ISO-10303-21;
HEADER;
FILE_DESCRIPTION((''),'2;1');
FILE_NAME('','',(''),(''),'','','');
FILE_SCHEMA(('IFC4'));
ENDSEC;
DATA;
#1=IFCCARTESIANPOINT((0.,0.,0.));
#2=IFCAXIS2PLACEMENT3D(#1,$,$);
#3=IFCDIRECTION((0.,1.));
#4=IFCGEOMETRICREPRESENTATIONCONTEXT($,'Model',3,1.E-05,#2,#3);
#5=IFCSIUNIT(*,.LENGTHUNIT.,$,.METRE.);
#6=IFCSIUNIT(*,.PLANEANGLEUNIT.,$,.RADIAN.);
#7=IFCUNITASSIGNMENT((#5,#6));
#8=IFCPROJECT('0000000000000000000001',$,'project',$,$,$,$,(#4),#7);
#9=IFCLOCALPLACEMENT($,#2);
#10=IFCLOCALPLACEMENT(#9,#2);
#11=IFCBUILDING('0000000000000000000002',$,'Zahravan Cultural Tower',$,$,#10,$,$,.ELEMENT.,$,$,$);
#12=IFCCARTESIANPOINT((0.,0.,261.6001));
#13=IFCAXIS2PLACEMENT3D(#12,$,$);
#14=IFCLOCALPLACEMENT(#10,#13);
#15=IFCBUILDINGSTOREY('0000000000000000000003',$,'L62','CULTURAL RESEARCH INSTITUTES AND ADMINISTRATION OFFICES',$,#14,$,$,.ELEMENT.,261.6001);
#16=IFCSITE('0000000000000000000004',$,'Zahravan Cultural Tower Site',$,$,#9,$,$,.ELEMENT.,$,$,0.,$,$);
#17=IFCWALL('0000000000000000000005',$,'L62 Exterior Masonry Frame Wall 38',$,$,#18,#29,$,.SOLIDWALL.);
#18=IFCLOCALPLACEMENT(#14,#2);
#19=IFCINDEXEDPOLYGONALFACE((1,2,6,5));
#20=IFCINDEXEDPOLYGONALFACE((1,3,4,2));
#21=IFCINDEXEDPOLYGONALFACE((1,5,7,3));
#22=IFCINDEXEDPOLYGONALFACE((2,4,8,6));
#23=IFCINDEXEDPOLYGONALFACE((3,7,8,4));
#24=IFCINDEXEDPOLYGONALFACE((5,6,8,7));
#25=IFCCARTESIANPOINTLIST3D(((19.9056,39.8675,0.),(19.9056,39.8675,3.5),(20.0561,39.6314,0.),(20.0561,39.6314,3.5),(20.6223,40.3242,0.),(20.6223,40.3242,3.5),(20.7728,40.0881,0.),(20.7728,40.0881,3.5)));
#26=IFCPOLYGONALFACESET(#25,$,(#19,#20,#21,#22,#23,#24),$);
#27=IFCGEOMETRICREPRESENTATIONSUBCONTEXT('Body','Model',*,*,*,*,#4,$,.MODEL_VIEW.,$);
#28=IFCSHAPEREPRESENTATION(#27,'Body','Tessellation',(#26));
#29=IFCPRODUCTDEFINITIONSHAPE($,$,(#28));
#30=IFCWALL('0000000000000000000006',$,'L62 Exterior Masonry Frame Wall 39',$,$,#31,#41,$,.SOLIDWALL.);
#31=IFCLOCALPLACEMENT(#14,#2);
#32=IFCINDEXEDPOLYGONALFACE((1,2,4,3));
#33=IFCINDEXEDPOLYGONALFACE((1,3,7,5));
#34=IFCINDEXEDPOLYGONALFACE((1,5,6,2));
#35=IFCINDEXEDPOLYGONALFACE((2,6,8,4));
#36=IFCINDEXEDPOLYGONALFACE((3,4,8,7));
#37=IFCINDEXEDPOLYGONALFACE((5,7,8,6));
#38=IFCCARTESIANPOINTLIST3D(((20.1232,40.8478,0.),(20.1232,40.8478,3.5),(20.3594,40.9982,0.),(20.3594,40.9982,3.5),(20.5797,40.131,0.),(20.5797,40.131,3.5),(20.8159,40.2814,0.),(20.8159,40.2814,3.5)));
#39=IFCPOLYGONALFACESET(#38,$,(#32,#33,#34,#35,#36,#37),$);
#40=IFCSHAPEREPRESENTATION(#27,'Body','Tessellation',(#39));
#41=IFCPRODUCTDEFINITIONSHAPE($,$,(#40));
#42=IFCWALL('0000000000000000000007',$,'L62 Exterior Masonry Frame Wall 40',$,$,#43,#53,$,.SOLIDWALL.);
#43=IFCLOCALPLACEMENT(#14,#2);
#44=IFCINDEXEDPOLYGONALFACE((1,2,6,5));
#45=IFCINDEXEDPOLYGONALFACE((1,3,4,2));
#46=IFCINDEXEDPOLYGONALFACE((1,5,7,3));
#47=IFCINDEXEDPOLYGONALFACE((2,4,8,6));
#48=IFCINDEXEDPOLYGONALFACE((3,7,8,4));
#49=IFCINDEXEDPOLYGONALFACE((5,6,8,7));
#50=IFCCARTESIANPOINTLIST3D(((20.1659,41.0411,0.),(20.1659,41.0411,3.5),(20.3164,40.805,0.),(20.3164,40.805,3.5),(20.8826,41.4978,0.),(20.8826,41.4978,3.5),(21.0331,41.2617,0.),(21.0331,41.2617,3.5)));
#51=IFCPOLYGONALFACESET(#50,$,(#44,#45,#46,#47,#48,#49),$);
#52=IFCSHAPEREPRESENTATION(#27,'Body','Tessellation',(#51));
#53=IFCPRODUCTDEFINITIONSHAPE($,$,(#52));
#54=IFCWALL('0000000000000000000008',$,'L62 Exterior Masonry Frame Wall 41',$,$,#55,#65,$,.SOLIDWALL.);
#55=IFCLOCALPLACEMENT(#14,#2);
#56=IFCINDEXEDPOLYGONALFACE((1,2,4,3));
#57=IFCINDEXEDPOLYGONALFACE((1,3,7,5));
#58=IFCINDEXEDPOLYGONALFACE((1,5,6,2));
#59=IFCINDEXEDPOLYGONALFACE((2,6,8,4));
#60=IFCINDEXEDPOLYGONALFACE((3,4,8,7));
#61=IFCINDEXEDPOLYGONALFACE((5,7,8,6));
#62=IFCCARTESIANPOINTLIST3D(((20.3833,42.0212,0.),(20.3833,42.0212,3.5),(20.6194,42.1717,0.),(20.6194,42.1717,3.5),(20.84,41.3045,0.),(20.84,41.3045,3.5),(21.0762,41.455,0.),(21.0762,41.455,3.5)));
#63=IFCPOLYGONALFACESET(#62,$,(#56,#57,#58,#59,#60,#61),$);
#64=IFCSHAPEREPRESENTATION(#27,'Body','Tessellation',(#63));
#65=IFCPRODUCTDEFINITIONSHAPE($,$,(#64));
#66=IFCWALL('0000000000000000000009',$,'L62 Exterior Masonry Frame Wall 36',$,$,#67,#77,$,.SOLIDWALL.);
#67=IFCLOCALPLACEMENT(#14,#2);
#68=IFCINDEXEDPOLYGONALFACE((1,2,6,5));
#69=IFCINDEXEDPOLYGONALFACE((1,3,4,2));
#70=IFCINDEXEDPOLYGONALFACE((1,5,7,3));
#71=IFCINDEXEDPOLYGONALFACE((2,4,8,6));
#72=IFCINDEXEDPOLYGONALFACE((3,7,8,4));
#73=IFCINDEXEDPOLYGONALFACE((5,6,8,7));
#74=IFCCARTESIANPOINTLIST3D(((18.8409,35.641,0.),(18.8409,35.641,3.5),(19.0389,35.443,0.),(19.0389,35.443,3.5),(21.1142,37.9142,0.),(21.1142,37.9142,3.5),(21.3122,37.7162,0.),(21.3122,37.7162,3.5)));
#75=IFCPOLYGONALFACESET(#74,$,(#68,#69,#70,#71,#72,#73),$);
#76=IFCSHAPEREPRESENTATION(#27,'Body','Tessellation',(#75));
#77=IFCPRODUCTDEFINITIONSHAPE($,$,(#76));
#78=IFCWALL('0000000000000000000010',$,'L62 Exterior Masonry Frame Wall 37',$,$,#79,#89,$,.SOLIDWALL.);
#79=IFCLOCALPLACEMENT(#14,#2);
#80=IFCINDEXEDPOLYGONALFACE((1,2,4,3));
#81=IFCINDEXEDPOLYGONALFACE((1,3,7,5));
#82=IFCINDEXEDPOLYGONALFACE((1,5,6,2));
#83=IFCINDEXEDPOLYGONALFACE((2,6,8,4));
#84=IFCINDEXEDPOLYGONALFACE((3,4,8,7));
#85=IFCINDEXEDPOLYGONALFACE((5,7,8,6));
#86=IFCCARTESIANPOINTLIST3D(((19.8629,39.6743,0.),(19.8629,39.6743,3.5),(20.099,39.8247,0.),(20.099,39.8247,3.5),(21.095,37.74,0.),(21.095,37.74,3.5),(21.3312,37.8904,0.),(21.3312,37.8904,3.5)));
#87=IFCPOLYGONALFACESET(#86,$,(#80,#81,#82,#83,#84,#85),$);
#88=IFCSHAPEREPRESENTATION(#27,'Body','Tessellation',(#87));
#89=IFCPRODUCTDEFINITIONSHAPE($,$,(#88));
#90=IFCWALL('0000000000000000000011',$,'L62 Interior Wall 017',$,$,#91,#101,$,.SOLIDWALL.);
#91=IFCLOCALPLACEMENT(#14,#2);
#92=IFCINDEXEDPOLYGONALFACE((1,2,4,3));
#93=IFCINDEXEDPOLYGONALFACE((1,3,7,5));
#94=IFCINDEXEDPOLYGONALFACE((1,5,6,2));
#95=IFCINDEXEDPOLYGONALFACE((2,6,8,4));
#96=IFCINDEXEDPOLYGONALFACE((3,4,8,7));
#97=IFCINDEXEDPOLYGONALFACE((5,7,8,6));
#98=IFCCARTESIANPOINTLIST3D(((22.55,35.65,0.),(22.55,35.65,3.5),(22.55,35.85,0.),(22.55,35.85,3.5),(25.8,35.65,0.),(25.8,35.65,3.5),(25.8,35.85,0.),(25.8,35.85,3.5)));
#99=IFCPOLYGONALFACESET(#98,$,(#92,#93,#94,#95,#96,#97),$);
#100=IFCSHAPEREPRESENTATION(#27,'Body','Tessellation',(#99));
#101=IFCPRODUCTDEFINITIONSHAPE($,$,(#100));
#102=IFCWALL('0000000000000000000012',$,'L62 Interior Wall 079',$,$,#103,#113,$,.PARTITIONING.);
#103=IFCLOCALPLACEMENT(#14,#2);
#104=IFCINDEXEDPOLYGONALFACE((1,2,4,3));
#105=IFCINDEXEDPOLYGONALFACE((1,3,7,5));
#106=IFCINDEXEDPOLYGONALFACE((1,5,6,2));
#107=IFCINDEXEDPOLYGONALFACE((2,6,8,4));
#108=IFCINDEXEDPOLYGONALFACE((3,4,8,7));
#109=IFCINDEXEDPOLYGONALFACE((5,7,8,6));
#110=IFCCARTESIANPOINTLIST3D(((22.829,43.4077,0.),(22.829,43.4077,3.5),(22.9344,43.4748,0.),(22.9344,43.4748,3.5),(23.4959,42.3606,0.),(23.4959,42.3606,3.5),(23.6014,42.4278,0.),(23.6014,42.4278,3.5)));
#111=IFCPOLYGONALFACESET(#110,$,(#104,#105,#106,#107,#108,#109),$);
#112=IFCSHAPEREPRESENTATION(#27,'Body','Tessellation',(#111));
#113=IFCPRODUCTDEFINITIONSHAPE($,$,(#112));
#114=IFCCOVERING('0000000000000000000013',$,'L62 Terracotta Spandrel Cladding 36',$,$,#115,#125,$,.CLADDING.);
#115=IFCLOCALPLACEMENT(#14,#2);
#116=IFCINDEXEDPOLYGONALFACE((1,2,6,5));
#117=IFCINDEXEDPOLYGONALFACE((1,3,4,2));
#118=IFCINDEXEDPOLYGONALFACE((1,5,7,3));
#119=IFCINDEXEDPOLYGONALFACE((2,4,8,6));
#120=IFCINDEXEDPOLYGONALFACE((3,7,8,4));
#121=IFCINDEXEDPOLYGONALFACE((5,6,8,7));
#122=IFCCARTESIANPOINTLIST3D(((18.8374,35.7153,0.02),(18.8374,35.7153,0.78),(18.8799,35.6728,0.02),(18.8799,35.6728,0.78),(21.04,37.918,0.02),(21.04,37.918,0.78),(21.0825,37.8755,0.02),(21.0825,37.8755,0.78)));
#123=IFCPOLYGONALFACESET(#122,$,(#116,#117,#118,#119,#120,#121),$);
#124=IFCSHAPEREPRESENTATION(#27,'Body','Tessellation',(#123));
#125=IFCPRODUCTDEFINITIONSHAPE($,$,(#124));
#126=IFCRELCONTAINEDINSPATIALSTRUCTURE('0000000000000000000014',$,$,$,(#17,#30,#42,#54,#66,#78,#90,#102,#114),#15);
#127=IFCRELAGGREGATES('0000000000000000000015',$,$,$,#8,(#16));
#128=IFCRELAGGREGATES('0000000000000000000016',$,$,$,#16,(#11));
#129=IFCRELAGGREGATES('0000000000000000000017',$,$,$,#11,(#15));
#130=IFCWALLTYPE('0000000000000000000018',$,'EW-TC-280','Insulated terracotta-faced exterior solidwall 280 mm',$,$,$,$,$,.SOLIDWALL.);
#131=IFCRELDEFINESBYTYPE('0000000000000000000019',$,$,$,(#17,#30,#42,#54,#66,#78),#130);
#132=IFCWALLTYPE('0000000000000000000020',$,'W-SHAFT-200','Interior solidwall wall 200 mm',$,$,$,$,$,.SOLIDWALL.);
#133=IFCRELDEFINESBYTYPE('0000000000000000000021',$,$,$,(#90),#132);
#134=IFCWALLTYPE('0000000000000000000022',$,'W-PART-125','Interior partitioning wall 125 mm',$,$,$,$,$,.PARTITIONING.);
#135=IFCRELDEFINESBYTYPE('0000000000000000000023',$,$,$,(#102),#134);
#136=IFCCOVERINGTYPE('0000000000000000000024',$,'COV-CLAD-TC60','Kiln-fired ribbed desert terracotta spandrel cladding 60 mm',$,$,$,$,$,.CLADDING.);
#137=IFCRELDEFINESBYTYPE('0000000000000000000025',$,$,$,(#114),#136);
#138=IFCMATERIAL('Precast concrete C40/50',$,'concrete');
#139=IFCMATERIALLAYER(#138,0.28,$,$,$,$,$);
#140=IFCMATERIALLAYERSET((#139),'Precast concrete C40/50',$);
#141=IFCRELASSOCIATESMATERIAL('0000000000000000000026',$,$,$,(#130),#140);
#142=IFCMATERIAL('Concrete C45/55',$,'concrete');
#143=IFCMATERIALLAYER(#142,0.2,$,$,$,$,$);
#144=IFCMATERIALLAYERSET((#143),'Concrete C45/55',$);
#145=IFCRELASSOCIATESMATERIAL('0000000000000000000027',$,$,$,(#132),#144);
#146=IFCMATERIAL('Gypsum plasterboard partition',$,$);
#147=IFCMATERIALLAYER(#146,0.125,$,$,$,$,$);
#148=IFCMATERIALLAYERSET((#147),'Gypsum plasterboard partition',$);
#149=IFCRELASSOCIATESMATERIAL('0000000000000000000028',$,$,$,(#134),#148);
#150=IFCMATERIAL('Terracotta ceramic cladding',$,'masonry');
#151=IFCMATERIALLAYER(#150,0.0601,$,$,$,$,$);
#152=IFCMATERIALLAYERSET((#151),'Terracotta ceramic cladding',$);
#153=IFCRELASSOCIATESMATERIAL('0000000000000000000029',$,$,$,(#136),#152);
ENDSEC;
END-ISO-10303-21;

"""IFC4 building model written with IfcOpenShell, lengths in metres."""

from ifc_helpers import new_model, si_unit, direction, frame, frame_2d, origin, origin_2d, place, context, subcontext, project, spatial, rectangle, extrude, source, transform, mapped, material, layer, layer_set, type_object, element, save


model = new_model("IFC4")

# Units and contexts
model_context = context("Model", 3, precision=1e-05, world=origin(), true_north=direction((0.0, 1.0)))
body_context = subcontext(model_context, "Body", "Model", "MODEL_VIEW")
ifc_project = project(units=[si_unit("LENGTHUNIT", "METRE"), si_unit("PLANEANGLEUNIT", "RADIAN")], contexts=[model_context])

# Site, building, storey
site_placement = place(None, origin())
site = spatial("IfcSite", under=ifc_project, at=site_placement, Name="Zahravan Cultural Tower Site", CompositionType="ELEMENT", RefElevation=0.0)
building_placement = place(site_placement, origin())
building = spatial("IfcBuilding", under=site, at=building_placement, Name="Zahravan Cultural Tower", CompositionType="ELEMENT")
storey_placement = place(building_placement, frame((0.0, 0.0, 261.6001)))
storey = spatial("IfcBuildingStorey", under=building, at=storey_placement, Name="L62", Description="CULTURAL RESEARCH INSTITUTES AND ADMINISTRATION OFFICES", CompositionType="ELEMENT", Elevation=261.6001)

# Shared definitions
ifc_material_1 = material(Name="Precast concrete C40/50", Category="concrete")
ifc_layer_1 = layer(ifc_material_1, 0.28)
ifc_layer_set_1 = layer_set([ifc_layer_1], Name="Precast concrete C40/50")
wall_type_1 = type_object("IfcWallType", Name="EW-TC-280", Description="Insulated terracotta-faced exterior solidwall 280 mm", PredefinedType="SOLIDWALL", material=ifc_layer_set_1)

# Walls
shared_shape_1 = source(origin(), body_context, "Body", "SweptSolid", [
    extrude(rectangle(XDim=0.8499, YDim=0.28, at=frame_2d((0.4248, 0.0))), origin(), (0.0, 0.0, 1.0), 3.5),
])
for number, where, z_axis, x_axis, name in (
    (1, (19.981, 39.7495, 0.0), (0.0, 0.0, 1.0), (0.843318, 0.537414, 0.0), "L62 Exterior Masonry Frame Wall 38"),
    (2, (20.6978, 40.2063, 0.0), (0.0, 0.0, 1.0), (-0.53721, 0.843448, 0.0), "L62 Exterior Masonry Frame Wall 39"),
    (3, (20.2412, 40.9231, 0.0), (0.0, 0.0, 1.0), (0.843318, 0.537414, 0.0), "L62 Exterior Masonry Frame Wall 40"),
    (4, (20.958, 41.3799, 0.0), (0.0, 0.0, 1.0), (-0.537414, 0.843318, 0.0), "L62 Exterior Masonry Frame Wall 41"),
):
    element("IfcWall", number, at=place(storey_placement, frame(where, z_axis=z_axis, x_axis=x_axis)), inside=storey, type_object=wall_type_1, Name=name, PredefinedType="SOLIDWALL", context=body_context, shape_type="MappedRepresentation", body=[
        mapped(shared_shape_1, transform((0.0, 0.0, 0.0), x_axis=(1.0, 0.0, 0.0), y_axis=(0.0, 1.0, 0.0), z_axis=(0.0, 0.0, 1.0), scale=1.0)),
    ])
shared_shape_2 = source(origin(), body_context, "Body", "SweptSolid", [
    extrude(rectangle(XDim=3.2148, YDim=0.28, at=frame_2d((1.6074, 0.0))), origin(), (0.0, 0.0, 1.0), 3.5),
])
wall_1_placement = place(storey_placement, frame((18.9399, 35.542, 0.0), z_axis=(0.0, 0.0, 1.0), x_axis=(0.707107, 0.707107, 0.0)))
element("IfcWall", 5, at=wall_1_placement, inside=storey, type_object=wall_type_1, Name="L62 Exterior Masonry Frame Wall 36", PredefinedType="SOLIDWALL", context=body_context, shape_type="MappedRepresentation", body=[
    mapped(shared_shape_2, transform((0.0, 0.0, 0.0), x_axis=(1.0, 0.0, 0.0), y_axis=(0.0, 1.0, 0.0), z_axis=(0.0, 0.0, 1.0), scale=1.0)),
])
shared_shape_3 = source(origin(), body_context, "Body", "SweptSolid", [
    extrude(rectangle(XDim=2.2935, YDim=0.28, at=frame_2d((1.1467, 0.0))), origin(), (0.0, 0.0, 1.0), 3.5),
])
wall_2_placement = place(storey_placement, frame((21.2131, 37.8152, 0.0), z_axis=(0.0, 0.0, 1.0), x_axis=(-0.537261, 0.843416, 0.0)))
element("IfcWall", 6, at=wall_2_placement, inside=storey, type_object=wall_type_1, Name="L62 Exterior Masonry Frame Wall 37", PredefinedType="SOLIDWALL", context=body_context, shape_type="MappedRepresentation", body=[
    mapped(shared_shape_3, transform((0.0, 0.0, 0.0), x_axis=(1.0, 0.0, 0.0), y_axis=(0.0, 1.0, 0.0), z_axis=(0.0, 0.0, 1.0), scale=1.0)),
])
ifc_material_2 = material(Name="Concrete C45/55", Category="concrete")
ifc_layer_2 = layer(ifc_material_2, 0.2)
ifc_layer_set_2 = layer_set([ifc_layer_2], Name="Concrete C45/55")
wall_type_2 = type_object("IfcWallType", Name="W-SHAFT-200", Description="Interior solidwall wall 200 mm", PredefinedType="SOLIDWALL", material=ifc_layer_set_2)
shared_shape_4 = source(origin(), body_context, "Body", "SweptSolid", [
    extrude(rectangle(XDim=3.25, YDim=0.2, at=frame_2d((1.625, 0.0))), origin(), (0.0, 0.0, 1.0), 3.5),
])
wall_3_placement = place(storey_placement, frame((22.55, 35.75, 0.0), z_axis=(0.0, 0.0, 1.0), x_axis=(1.0, 0.0, 0.0)))
element("IfcWall", 7, at=wall_3_placement, inside=storey, type_object=wall_type_2, Name="L62 Interior Wall 017", PredefinedType="SOLIDWALL", context=body_context, shape_type="MappedRepresentation", body=[
    mapped(shared_shape_4, transform((0.0, 0.0, 0.0), x_axis=(1.0, 0.0, 0.0), y_axis=(0.0, 1.0, 0.0), z_axis=(0.0, 0.0, 1.0), scale=1.0)),
])
ifc_material_3 = material(Name="Gypsum plasterboard partition")
ifc_layer_3 = layer(ifc_material_3, 0.125)
ifc_layer_set_3 = layer_set([ifc_layer_3], Name="Gypsum plasterboard partition")
wall_type_3 = type_object("IfcWallType", Name="W-PART-125", Description="Interior partitioning wall 125 mm", PredefinedType="PARTITIONING", material=ifc_layer_set_3)
shared_shape_5 = source(origin(), body_context, "Body", "SweptSolid", [
    extrude(rectangle(XDim=1.2415, YDim=0.125, at=frame_2d((0.6206, 0.0))), origin(), (0.0, 0.0, 1.0), 3.5),
])
wall_4_placement = place(storey_placement, frame((23.5486, 42.3943, 0.0), z_axis=(0.0, 0.0, 1.0), x_axis=(-0.537244, 0.843427, 0.0)))
element("IfcWall", 8, at=wall_4_placement, inside=storey, type_object=wall_type_3, Name="L62 Interior Wall 079", PredefinedType="PARTITIONING", context=body_context, shape_type="MappedRepresentation", body=[
    mapped(shared_shape_5, transform((0.0, 0.0, 0.0), x_axis=(1.0, 0.0, 0.0), y_axis=(0.0, 1.0, 0.0), z_axis=(0.0, 0.0, 1.0), scale=1.0)),
])

# Covering
ifc_material_4 = material(Name="Terracotta ceramic cladding", Category="masonry")
ifc_layer_4 = layer(ifc_material_4, 0.0601)
ifc_layer_set_4 = layer_set([ifc_layer_4], Name="Terracotta ceramic cladding")
covering_type = type_object("IfcCoveringType", Name="COV-CLAD-TC60", Description="Kiln-fired ribbed desert terracotta spandrel cladding 60 mm", PredefinedType="CLADDING", material=ifc_layer_set_4)
shared_shape_6 = source(origin(), body_context, "Body", "SweptSolid", [
    extrude(rectangle(XDim=3.115, YDim=0.0601, at=origin_2d()), origin(), (0.0, 0.0, 1.0), 0.76),
])
covering_placement = place(storey_placement, frame((19.96, 36.7954, 0.02), z_axis=(0.0, 0.0, 1.0), x_axis=(0.707094, 0.707119, 0.0)))
element("IfcCovering", 9, at=covering_placement, inside=storey, type_object=covering_type, Name="L62 Terracotta Spandrel Cladding 36", PredefinedType="CLADDING", context=body_context, shape_type="MappedRepresentation", body=[
    mapped(shared_shape_6, transform((0.0, 0.0, 0.0), x_axis=(1.0, 0.0, 0.0), y_axis=(0.0, 1.0, 0.0), z_axis=(0.0, 0.0, 1.0), scale=1.0)),
])

save(model, "model.ifc")
